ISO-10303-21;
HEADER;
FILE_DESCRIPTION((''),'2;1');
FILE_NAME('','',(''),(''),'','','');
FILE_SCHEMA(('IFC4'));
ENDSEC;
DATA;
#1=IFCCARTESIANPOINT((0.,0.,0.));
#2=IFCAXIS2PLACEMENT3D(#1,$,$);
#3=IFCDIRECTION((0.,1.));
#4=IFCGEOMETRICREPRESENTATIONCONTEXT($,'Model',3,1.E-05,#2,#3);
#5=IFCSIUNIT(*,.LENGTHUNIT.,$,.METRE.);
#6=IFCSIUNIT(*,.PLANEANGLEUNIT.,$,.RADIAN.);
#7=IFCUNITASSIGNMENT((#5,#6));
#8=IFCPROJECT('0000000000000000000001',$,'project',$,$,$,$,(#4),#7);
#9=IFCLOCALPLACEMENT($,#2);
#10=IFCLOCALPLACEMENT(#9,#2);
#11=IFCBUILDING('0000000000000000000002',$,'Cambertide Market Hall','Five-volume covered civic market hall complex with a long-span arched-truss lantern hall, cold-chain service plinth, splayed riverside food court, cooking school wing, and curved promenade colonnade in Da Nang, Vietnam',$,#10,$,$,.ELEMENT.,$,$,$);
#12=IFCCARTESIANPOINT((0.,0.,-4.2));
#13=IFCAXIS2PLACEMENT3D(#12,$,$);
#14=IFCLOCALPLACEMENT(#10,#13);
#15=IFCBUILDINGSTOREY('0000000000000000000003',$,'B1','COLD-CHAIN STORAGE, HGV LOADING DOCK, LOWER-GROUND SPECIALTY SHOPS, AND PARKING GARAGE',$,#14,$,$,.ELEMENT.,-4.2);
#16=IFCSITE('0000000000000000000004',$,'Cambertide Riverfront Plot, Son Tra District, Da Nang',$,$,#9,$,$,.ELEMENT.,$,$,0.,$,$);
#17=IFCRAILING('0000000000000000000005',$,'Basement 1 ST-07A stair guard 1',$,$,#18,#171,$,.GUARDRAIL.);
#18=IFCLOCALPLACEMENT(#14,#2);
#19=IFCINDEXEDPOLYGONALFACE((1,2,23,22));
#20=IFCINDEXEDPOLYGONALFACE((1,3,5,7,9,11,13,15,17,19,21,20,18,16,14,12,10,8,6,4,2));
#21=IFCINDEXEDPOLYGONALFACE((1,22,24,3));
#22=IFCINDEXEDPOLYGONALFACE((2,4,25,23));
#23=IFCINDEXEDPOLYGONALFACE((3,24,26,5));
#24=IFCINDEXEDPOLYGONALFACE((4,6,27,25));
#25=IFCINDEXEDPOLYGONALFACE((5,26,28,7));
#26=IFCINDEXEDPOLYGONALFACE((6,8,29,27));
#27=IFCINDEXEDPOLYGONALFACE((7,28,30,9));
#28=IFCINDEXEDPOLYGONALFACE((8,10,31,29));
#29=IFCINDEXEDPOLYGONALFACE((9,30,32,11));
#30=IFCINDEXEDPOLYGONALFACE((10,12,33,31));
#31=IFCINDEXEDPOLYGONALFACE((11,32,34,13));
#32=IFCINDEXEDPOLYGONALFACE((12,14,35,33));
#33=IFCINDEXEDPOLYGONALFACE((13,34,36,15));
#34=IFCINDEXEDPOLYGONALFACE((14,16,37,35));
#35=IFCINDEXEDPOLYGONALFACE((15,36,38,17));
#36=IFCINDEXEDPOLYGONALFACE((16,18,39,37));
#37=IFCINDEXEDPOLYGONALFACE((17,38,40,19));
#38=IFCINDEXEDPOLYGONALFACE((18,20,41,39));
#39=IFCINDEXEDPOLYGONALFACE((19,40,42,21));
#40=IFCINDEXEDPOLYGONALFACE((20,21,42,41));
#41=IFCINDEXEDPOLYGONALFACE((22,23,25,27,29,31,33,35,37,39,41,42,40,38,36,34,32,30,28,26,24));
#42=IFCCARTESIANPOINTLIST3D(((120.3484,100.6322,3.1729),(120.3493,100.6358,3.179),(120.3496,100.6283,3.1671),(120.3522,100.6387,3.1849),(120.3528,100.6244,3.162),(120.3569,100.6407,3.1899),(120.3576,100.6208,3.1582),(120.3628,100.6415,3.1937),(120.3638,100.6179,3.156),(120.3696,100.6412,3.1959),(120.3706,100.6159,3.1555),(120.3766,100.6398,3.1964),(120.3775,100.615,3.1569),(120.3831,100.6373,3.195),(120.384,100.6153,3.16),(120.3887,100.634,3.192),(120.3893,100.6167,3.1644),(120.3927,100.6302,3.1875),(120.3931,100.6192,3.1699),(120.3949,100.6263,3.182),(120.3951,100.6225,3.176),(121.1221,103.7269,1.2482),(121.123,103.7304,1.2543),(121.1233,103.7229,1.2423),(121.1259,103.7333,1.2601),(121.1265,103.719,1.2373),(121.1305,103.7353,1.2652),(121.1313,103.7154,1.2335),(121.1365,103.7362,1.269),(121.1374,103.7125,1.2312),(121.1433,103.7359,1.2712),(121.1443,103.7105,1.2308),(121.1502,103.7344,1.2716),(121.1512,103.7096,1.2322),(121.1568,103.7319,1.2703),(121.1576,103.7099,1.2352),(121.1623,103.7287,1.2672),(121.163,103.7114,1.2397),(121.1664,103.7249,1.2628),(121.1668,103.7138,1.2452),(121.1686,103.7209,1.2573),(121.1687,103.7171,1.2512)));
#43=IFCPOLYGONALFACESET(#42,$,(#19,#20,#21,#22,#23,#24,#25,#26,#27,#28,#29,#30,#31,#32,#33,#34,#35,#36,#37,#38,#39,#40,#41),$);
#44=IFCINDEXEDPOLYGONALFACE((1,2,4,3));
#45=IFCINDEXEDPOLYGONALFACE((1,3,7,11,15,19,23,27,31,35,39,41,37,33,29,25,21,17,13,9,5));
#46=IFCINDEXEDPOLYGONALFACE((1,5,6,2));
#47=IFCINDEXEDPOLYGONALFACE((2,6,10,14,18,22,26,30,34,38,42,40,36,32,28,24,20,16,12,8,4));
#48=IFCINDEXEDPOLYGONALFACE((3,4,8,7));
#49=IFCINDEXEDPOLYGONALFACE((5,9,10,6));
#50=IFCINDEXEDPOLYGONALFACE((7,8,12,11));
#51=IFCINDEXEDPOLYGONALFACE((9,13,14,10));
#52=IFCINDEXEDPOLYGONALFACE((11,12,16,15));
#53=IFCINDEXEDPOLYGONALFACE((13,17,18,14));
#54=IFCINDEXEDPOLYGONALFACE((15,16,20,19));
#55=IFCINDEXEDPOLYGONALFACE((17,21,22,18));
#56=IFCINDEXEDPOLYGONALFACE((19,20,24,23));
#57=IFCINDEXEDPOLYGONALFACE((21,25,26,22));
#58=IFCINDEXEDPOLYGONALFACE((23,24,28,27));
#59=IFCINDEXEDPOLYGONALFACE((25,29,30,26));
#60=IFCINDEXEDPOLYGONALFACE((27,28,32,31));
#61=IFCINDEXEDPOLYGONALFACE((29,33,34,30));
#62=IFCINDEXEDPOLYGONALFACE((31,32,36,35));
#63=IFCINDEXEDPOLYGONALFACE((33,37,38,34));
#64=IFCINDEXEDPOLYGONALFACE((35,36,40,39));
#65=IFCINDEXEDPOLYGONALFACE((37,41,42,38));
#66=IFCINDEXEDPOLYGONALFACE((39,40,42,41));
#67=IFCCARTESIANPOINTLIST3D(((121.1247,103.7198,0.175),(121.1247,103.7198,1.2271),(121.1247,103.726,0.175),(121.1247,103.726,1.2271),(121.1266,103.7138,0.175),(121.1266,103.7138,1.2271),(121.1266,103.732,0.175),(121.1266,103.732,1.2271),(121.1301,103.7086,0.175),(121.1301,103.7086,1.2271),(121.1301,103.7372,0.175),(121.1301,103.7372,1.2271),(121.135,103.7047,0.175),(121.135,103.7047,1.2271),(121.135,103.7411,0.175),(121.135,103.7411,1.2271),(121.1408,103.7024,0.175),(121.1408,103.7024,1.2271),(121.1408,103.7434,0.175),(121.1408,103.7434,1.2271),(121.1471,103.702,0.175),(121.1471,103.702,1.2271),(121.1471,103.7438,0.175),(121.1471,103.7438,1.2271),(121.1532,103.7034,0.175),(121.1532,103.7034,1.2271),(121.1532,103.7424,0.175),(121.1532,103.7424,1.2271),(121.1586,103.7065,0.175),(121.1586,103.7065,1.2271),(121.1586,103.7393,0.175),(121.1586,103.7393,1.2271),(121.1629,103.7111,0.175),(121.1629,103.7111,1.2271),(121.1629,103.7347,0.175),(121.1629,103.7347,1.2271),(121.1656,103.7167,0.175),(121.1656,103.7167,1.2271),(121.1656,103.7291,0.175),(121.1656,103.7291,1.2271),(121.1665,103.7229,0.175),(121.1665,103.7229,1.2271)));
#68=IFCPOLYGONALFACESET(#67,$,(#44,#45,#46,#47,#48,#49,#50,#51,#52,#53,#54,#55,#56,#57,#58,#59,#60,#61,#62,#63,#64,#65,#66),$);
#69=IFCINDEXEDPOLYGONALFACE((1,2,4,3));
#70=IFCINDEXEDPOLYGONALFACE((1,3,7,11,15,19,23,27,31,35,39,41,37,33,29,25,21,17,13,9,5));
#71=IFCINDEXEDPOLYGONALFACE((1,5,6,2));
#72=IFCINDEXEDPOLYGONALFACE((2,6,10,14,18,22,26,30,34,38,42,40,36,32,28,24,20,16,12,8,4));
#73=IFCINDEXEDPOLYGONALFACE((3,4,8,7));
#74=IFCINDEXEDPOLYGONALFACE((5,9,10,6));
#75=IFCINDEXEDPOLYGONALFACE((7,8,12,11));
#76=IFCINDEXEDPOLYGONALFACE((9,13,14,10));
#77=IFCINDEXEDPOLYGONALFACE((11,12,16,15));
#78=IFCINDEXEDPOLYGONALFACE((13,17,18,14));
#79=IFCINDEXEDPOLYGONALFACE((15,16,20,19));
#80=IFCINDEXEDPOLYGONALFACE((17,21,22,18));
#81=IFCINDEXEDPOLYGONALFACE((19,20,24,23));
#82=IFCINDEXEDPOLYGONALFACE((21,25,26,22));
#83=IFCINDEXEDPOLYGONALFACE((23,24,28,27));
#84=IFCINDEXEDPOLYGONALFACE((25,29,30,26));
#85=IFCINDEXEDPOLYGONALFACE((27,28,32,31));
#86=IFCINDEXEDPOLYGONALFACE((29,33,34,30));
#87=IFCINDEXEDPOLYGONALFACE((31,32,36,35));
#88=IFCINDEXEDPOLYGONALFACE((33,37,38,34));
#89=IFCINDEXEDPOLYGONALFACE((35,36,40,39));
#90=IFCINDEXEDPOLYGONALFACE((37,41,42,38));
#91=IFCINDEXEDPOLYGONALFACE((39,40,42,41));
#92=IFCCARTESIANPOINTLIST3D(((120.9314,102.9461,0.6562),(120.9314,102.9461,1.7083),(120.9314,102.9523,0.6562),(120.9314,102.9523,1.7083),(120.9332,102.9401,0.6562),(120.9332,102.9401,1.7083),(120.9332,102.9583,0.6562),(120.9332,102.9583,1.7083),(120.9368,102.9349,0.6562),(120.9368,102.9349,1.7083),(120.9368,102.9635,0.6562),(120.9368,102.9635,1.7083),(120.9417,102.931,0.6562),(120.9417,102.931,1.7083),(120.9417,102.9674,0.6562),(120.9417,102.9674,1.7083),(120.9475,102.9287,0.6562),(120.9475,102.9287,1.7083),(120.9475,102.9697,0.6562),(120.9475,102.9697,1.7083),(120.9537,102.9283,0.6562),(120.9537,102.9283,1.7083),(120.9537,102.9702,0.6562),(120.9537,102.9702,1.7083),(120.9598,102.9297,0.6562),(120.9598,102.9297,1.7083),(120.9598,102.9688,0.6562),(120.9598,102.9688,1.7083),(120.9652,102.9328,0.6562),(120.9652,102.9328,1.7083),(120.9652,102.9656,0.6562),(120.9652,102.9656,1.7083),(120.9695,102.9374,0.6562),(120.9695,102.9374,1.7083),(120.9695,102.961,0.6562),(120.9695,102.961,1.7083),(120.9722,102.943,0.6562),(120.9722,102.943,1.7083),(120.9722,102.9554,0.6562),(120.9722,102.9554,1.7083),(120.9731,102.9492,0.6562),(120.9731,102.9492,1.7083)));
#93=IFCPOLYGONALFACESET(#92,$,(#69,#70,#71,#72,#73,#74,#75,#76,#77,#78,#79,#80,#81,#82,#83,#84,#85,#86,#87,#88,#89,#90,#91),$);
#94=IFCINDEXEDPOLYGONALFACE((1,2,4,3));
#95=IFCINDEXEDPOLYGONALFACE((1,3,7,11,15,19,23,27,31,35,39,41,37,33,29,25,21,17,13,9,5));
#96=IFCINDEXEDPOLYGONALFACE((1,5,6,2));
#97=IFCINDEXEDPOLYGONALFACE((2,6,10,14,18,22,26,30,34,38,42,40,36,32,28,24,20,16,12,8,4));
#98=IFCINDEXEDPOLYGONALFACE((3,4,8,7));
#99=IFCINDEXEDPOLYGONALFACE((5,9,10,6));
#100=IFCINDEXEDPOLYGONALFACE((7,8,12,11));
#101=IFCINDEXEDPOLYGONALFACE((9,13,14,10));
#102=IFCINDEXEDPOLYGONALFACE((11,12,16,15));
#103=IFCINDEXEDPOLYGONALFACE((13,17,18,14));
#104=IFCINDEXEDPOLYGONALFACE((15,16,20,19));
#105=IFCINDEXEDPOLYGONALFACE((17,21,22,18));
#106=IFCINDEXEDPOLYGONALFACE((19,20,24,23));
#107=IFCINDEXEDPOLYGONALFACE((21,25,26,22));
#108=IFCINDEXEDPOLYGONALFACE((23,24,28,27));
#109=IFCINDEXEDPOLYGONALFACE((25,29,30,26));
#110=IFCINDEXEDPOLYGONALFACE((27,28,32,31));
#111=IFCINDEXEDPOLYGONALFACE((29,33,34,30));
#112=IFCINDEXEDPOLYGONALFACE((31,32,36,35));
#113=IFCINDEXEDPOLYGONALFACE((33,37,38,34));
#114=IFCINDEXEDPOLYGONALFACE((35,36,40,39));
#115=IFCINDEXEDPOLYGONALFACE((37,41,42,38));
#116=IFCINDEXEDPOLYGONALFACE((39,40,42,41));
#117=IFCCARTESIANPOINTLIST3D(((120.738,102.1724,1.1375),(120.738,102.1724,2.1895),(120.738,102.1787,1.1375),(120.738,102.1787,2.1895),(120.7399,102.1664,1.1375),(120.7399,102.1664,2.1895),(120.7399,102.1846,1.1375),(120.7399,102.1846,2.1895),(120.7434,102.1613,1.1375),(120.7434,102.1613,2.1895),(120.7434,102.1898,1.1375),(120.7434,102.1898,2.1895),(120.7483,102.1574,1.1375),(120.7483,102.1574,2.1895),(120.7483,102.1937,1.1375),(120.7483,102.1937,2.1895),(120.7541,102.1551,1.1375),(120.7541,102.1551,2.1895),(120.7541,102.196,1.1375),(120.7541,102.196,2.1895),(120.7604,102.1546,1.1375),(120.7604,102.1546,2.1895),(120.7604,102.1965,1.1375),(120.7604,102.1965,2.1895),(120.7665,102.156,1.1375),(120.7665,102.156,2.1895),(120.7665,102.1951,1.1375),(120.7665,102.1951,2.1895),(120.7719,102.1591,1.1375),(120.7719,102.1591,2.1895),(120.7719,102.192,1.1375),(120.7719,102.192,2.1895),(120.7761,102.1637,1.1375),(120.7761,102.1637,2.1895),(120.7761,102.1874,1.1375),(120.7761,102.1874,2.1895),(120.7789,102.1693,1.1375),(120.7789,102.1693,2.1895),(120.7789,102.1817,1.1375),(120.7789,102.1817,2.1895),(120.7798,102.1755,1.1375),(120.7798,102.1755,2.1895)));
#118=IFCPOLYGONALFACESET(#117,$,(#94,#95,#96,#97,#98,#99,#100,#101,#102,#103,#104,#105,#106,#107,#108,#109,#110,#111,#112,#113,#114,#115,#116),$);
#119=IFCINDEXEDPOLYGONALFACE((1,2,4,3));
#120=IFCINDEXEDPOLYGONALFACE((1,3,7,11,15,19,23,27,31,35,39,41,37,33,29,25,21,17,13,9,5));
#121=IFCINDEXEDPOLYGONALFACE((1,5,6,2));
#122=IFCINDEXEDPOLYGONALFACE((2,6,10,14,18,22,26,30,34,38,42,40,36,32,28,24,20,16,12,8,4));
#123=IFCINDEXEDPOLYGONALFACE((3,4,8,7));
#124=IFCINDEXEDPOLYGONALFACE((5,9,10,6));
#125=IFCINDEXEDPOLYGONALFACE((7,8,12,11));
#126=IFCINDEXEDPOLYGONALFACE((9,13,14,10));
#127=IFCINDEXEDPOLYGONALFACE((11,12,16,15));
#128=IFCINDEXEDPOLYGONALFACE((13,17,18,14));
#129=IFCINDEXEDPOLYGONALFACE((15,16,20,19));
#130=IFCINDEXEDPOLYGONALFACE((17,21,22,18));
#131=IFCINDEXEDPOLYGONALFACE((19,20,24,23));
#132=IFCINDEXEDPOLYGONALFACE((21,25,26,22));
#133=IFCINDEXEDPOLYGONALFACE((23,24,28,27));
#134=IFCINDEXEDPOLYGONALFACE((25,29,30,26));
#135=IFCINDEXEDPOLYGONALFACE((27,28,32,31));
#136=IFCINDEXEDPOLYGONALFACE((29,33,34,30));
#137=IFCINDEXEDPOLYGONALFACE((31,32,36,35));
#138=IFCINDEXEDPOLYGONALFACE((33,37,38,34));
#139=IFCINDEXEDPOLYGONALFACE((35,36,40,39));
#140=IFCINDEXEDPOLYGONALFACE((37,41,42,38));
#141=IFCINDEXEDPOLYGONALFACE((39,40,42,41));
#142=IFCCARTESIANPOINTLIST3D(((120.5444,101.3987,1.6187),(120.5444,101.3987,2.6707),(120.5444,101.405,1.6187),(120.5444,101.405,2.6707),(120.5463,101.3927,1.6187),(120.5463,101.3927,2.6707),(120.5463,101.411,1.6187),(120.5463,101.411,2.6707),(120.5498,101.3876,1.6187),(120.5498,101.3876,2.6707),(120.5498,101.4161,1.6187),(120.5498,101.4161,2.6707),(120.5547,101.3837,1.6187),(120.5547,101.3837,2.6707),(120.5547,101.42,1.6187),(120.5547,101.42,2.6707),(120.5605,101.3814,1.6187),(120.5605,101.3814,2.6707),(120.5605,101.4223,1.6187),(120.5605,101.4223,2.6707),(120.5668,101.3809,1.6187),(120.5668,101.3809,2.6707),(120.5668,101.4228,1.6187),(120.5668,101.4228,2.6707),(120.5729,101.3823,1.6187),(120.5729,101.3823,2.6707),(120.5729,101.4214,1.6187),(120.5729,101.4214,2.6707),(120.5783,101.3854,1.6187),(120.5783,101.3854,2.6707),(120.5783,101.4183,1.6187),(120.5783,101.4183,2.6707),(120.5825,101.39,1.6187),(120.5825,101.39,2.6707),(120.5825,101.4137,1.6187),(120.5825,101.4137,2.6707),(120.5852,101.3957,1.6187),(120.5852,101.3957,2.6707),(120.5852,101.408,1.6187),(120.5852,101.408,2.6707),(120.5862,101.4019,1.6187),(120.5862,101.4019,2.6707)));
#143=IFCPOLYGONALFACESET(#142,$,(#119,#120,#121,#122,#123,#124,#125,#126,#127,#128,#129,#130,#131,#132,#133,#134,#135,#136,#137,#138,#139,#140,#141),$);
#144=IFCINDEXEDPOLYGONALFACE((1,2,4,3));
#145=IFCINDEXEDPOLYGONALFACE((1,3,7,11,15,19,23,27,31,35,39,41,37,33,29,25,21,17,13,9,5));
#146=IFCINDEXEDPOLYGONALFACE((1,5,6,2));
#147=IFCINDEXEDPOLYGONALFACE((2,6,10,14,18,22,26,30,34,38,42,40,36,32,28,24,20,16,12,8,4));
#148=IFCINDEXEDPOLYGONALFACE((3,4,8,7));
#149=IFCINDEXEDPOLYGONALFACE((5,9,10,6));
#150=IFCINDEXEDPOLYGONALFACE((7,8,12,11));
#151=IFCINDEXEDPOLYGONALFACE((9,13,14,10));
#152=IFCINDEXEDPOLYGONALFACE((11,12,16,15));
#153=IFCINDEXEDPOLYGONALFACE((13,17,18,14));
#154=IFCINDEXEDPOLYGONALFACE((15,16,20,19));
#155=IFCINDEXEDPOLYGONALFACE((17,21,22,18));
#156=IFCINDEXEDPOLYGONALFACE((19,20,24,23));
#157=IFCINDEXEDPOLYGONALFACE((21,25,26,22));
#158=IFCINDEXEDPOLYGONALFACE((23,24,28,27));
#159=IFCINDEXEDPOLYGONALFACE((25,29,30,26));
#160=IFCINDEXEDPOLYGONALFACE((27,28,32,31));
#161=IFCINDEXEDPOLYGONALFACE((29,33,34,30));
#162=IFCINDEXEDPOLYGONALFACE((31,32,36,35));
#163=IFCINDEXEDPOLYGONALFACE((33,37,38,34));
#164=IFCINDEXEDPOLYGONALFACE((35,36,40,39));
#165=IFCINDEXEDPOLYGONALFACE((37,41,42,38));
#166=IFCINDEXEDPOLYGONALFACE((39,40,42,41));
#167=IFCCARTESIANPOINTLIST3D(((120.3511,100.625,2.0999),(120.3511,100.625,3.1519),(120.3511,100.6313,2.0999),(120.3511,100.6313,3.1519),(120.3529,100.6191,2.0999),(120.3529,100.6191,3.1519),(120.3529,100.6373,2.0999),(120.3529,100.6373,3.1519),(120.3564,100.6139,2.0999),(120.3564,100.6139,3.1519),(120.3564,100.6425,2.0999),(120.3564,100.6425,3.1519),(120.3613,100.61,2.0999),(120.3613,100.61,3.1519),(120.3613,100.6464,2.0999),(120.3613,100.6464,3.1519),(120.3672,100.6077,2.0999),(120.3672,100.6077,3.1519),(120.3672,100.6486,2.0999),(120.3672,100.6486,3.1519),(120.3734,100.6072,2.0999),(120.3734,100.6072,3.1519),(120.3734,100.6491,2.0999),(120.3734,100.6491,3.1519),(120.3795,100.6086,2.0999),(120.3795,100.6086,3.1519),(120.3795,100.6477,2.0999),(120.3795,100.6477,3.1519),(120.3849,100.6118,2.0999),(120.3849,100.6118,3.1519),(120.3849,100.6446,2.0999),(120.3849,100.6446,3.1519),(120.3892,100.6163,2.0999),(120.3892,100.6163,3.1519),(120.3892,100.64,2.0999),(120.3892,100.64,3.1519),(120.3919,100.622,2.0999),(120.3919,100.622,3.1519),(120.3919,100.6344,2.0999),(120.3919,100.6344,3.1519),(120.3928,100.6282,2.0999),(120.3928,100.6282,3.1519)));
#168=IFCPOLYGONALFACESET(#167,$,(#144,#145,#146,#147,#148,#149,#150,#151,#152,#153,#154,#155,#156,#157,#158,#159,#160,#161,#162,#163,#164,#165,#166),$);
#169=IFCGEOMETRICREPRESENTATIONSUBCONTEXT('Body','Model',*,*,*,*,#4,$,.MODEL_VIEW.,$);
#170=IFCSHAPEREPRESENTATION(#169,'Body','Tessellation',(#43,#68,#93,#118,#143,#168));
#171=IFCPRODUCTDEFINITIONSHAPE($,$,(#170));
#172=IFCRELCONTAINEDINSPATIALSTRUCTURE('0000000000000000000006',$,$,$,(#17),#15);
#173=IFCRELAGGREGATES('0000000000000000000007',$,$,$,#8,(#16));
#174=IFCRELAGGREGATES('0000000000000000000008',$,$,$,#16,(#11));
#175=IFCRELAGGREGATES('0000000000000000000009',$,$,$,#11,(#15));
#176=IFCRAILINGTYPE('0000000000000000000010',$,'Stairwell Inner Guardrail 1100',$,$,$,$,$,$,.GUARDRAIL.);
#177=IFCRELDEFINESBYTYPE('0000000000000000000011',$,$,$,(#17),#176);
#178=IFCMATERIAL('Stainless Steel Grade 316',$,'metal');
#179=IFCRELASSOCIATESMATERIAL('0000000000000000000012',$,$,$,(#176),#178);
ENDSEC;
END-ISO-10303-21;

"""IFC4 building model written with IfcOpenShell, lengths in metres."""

from ifc_helpers import new_model, si_unit, direction, frame, origin, origin_2d, place, context, subcontext, project, spatial, circle, extrude, material, type_object, element, save


model = new_model("IFC4")

# Units and contexts
model_context = context("Model", 3, precision=1e-05, world=origin(), true_north=direction((0.0, 1.0)))
body_context = subcontext(model_context, "Body", "Model", "MODEL_VIEW")
ifc_project = project(units=[si_unit("LENGTHUNIT", "METRE"), si_unit("PLANEANGLEUNIT", "RADIAN")], contexts=[model_context])

# Site, building, storey
site_placement = place(None, origin())
site = spatial("IfcSite", under=ifc_project, at=site_placement, Name="Cambertide Riverfront Plot, Son Tra District, Da Nang", CompositionType="ELEMENT", RefElevation=0.0)
building_placement = place(site_placement, origin())
building = spatial("IfcBuilding", under=site, at=building_placement, Name="Cambertide Market Hall", Description="Five-volume covered civic market hall complex with a long-span arched-truss lantern hall, cold-chain service plinth, splayed riverside food court, cooking school wing, and curved promenade colonnade in Da Nang, Vietnam", CompositionType="ELEMENT")
storey_placement = place(building_placement, frame((0.0, 0.0, -4.2)))
storey = spatial("IfcBuildingStorey", under=building, at=storey_placement, Name="B1", Description="COLD-CHAIN STORAGE, HGV LOADING DOCK, LOWER-GROUND SPECIALTY SHOPS, AND PARKING GARAGE", CompositionType="ELEMENT", Elevation=-4.2)

# Railing
ifc_material_1 = material(Name="Stainless Steel Grade 316", Category="metal")
railing_type_1 = type_object("IfcRailingType", Name="Stairwell Inner Guardrail 1100", PredefinedType="GUARDRAIL", material=ifc_material_1)
railing_1_placement = place(storey_placement, frame((121.1455, 103.7229, 0.175)))
element("IfcRailing", 1, at=railing_1_placement, inside=storey, type_object=railing_type_1, Name="Basement 1 ST-07A stair guard 1", PredefinedType="GUARDRAIL", context=body_context, shape_type="SweptSolid", body=[
    extrude(circle(Radius=0.0239, at=origin_2d()), frame((0.0, 0.0, 1.0762), z_axis=(-0.207661, -0.830645, 0.51663), x_axis=(0.970143, -0.242536, 0.0)), (0.0, 0.0, 1.0), 3.7256),
    extrude(circle(Radius=0.021, at=origin_2d()), origin(), (0.0, 0.0, 1.0), 1.052),
    extrude(circle(Radius=0.021, at=origin_2d()), frame((-0.1934, -0.7737, 0.4812)), (0.0, 0.0, 1.0), 1.052),
    extrude(circle(Radius=0.021, at=origin_2d()), frame((-0.3867, -1.5474, 0.9624)), (0.0, 0.0, 1.0), 1.052),
    extrude(circle(Radius=0.021, at=origin_2d()), frame((-0.5803, -2.321, 1.4436)), (0.0, 0.0, 1.0), 1.052),
    extrude(circle(Radius=0.021, at=origin_2d()), frame((-0.7737, -3.0947, 1.9248)), (0.0, 0.0, 1.0), 1.052),
])

save(model, "model.ifc")
